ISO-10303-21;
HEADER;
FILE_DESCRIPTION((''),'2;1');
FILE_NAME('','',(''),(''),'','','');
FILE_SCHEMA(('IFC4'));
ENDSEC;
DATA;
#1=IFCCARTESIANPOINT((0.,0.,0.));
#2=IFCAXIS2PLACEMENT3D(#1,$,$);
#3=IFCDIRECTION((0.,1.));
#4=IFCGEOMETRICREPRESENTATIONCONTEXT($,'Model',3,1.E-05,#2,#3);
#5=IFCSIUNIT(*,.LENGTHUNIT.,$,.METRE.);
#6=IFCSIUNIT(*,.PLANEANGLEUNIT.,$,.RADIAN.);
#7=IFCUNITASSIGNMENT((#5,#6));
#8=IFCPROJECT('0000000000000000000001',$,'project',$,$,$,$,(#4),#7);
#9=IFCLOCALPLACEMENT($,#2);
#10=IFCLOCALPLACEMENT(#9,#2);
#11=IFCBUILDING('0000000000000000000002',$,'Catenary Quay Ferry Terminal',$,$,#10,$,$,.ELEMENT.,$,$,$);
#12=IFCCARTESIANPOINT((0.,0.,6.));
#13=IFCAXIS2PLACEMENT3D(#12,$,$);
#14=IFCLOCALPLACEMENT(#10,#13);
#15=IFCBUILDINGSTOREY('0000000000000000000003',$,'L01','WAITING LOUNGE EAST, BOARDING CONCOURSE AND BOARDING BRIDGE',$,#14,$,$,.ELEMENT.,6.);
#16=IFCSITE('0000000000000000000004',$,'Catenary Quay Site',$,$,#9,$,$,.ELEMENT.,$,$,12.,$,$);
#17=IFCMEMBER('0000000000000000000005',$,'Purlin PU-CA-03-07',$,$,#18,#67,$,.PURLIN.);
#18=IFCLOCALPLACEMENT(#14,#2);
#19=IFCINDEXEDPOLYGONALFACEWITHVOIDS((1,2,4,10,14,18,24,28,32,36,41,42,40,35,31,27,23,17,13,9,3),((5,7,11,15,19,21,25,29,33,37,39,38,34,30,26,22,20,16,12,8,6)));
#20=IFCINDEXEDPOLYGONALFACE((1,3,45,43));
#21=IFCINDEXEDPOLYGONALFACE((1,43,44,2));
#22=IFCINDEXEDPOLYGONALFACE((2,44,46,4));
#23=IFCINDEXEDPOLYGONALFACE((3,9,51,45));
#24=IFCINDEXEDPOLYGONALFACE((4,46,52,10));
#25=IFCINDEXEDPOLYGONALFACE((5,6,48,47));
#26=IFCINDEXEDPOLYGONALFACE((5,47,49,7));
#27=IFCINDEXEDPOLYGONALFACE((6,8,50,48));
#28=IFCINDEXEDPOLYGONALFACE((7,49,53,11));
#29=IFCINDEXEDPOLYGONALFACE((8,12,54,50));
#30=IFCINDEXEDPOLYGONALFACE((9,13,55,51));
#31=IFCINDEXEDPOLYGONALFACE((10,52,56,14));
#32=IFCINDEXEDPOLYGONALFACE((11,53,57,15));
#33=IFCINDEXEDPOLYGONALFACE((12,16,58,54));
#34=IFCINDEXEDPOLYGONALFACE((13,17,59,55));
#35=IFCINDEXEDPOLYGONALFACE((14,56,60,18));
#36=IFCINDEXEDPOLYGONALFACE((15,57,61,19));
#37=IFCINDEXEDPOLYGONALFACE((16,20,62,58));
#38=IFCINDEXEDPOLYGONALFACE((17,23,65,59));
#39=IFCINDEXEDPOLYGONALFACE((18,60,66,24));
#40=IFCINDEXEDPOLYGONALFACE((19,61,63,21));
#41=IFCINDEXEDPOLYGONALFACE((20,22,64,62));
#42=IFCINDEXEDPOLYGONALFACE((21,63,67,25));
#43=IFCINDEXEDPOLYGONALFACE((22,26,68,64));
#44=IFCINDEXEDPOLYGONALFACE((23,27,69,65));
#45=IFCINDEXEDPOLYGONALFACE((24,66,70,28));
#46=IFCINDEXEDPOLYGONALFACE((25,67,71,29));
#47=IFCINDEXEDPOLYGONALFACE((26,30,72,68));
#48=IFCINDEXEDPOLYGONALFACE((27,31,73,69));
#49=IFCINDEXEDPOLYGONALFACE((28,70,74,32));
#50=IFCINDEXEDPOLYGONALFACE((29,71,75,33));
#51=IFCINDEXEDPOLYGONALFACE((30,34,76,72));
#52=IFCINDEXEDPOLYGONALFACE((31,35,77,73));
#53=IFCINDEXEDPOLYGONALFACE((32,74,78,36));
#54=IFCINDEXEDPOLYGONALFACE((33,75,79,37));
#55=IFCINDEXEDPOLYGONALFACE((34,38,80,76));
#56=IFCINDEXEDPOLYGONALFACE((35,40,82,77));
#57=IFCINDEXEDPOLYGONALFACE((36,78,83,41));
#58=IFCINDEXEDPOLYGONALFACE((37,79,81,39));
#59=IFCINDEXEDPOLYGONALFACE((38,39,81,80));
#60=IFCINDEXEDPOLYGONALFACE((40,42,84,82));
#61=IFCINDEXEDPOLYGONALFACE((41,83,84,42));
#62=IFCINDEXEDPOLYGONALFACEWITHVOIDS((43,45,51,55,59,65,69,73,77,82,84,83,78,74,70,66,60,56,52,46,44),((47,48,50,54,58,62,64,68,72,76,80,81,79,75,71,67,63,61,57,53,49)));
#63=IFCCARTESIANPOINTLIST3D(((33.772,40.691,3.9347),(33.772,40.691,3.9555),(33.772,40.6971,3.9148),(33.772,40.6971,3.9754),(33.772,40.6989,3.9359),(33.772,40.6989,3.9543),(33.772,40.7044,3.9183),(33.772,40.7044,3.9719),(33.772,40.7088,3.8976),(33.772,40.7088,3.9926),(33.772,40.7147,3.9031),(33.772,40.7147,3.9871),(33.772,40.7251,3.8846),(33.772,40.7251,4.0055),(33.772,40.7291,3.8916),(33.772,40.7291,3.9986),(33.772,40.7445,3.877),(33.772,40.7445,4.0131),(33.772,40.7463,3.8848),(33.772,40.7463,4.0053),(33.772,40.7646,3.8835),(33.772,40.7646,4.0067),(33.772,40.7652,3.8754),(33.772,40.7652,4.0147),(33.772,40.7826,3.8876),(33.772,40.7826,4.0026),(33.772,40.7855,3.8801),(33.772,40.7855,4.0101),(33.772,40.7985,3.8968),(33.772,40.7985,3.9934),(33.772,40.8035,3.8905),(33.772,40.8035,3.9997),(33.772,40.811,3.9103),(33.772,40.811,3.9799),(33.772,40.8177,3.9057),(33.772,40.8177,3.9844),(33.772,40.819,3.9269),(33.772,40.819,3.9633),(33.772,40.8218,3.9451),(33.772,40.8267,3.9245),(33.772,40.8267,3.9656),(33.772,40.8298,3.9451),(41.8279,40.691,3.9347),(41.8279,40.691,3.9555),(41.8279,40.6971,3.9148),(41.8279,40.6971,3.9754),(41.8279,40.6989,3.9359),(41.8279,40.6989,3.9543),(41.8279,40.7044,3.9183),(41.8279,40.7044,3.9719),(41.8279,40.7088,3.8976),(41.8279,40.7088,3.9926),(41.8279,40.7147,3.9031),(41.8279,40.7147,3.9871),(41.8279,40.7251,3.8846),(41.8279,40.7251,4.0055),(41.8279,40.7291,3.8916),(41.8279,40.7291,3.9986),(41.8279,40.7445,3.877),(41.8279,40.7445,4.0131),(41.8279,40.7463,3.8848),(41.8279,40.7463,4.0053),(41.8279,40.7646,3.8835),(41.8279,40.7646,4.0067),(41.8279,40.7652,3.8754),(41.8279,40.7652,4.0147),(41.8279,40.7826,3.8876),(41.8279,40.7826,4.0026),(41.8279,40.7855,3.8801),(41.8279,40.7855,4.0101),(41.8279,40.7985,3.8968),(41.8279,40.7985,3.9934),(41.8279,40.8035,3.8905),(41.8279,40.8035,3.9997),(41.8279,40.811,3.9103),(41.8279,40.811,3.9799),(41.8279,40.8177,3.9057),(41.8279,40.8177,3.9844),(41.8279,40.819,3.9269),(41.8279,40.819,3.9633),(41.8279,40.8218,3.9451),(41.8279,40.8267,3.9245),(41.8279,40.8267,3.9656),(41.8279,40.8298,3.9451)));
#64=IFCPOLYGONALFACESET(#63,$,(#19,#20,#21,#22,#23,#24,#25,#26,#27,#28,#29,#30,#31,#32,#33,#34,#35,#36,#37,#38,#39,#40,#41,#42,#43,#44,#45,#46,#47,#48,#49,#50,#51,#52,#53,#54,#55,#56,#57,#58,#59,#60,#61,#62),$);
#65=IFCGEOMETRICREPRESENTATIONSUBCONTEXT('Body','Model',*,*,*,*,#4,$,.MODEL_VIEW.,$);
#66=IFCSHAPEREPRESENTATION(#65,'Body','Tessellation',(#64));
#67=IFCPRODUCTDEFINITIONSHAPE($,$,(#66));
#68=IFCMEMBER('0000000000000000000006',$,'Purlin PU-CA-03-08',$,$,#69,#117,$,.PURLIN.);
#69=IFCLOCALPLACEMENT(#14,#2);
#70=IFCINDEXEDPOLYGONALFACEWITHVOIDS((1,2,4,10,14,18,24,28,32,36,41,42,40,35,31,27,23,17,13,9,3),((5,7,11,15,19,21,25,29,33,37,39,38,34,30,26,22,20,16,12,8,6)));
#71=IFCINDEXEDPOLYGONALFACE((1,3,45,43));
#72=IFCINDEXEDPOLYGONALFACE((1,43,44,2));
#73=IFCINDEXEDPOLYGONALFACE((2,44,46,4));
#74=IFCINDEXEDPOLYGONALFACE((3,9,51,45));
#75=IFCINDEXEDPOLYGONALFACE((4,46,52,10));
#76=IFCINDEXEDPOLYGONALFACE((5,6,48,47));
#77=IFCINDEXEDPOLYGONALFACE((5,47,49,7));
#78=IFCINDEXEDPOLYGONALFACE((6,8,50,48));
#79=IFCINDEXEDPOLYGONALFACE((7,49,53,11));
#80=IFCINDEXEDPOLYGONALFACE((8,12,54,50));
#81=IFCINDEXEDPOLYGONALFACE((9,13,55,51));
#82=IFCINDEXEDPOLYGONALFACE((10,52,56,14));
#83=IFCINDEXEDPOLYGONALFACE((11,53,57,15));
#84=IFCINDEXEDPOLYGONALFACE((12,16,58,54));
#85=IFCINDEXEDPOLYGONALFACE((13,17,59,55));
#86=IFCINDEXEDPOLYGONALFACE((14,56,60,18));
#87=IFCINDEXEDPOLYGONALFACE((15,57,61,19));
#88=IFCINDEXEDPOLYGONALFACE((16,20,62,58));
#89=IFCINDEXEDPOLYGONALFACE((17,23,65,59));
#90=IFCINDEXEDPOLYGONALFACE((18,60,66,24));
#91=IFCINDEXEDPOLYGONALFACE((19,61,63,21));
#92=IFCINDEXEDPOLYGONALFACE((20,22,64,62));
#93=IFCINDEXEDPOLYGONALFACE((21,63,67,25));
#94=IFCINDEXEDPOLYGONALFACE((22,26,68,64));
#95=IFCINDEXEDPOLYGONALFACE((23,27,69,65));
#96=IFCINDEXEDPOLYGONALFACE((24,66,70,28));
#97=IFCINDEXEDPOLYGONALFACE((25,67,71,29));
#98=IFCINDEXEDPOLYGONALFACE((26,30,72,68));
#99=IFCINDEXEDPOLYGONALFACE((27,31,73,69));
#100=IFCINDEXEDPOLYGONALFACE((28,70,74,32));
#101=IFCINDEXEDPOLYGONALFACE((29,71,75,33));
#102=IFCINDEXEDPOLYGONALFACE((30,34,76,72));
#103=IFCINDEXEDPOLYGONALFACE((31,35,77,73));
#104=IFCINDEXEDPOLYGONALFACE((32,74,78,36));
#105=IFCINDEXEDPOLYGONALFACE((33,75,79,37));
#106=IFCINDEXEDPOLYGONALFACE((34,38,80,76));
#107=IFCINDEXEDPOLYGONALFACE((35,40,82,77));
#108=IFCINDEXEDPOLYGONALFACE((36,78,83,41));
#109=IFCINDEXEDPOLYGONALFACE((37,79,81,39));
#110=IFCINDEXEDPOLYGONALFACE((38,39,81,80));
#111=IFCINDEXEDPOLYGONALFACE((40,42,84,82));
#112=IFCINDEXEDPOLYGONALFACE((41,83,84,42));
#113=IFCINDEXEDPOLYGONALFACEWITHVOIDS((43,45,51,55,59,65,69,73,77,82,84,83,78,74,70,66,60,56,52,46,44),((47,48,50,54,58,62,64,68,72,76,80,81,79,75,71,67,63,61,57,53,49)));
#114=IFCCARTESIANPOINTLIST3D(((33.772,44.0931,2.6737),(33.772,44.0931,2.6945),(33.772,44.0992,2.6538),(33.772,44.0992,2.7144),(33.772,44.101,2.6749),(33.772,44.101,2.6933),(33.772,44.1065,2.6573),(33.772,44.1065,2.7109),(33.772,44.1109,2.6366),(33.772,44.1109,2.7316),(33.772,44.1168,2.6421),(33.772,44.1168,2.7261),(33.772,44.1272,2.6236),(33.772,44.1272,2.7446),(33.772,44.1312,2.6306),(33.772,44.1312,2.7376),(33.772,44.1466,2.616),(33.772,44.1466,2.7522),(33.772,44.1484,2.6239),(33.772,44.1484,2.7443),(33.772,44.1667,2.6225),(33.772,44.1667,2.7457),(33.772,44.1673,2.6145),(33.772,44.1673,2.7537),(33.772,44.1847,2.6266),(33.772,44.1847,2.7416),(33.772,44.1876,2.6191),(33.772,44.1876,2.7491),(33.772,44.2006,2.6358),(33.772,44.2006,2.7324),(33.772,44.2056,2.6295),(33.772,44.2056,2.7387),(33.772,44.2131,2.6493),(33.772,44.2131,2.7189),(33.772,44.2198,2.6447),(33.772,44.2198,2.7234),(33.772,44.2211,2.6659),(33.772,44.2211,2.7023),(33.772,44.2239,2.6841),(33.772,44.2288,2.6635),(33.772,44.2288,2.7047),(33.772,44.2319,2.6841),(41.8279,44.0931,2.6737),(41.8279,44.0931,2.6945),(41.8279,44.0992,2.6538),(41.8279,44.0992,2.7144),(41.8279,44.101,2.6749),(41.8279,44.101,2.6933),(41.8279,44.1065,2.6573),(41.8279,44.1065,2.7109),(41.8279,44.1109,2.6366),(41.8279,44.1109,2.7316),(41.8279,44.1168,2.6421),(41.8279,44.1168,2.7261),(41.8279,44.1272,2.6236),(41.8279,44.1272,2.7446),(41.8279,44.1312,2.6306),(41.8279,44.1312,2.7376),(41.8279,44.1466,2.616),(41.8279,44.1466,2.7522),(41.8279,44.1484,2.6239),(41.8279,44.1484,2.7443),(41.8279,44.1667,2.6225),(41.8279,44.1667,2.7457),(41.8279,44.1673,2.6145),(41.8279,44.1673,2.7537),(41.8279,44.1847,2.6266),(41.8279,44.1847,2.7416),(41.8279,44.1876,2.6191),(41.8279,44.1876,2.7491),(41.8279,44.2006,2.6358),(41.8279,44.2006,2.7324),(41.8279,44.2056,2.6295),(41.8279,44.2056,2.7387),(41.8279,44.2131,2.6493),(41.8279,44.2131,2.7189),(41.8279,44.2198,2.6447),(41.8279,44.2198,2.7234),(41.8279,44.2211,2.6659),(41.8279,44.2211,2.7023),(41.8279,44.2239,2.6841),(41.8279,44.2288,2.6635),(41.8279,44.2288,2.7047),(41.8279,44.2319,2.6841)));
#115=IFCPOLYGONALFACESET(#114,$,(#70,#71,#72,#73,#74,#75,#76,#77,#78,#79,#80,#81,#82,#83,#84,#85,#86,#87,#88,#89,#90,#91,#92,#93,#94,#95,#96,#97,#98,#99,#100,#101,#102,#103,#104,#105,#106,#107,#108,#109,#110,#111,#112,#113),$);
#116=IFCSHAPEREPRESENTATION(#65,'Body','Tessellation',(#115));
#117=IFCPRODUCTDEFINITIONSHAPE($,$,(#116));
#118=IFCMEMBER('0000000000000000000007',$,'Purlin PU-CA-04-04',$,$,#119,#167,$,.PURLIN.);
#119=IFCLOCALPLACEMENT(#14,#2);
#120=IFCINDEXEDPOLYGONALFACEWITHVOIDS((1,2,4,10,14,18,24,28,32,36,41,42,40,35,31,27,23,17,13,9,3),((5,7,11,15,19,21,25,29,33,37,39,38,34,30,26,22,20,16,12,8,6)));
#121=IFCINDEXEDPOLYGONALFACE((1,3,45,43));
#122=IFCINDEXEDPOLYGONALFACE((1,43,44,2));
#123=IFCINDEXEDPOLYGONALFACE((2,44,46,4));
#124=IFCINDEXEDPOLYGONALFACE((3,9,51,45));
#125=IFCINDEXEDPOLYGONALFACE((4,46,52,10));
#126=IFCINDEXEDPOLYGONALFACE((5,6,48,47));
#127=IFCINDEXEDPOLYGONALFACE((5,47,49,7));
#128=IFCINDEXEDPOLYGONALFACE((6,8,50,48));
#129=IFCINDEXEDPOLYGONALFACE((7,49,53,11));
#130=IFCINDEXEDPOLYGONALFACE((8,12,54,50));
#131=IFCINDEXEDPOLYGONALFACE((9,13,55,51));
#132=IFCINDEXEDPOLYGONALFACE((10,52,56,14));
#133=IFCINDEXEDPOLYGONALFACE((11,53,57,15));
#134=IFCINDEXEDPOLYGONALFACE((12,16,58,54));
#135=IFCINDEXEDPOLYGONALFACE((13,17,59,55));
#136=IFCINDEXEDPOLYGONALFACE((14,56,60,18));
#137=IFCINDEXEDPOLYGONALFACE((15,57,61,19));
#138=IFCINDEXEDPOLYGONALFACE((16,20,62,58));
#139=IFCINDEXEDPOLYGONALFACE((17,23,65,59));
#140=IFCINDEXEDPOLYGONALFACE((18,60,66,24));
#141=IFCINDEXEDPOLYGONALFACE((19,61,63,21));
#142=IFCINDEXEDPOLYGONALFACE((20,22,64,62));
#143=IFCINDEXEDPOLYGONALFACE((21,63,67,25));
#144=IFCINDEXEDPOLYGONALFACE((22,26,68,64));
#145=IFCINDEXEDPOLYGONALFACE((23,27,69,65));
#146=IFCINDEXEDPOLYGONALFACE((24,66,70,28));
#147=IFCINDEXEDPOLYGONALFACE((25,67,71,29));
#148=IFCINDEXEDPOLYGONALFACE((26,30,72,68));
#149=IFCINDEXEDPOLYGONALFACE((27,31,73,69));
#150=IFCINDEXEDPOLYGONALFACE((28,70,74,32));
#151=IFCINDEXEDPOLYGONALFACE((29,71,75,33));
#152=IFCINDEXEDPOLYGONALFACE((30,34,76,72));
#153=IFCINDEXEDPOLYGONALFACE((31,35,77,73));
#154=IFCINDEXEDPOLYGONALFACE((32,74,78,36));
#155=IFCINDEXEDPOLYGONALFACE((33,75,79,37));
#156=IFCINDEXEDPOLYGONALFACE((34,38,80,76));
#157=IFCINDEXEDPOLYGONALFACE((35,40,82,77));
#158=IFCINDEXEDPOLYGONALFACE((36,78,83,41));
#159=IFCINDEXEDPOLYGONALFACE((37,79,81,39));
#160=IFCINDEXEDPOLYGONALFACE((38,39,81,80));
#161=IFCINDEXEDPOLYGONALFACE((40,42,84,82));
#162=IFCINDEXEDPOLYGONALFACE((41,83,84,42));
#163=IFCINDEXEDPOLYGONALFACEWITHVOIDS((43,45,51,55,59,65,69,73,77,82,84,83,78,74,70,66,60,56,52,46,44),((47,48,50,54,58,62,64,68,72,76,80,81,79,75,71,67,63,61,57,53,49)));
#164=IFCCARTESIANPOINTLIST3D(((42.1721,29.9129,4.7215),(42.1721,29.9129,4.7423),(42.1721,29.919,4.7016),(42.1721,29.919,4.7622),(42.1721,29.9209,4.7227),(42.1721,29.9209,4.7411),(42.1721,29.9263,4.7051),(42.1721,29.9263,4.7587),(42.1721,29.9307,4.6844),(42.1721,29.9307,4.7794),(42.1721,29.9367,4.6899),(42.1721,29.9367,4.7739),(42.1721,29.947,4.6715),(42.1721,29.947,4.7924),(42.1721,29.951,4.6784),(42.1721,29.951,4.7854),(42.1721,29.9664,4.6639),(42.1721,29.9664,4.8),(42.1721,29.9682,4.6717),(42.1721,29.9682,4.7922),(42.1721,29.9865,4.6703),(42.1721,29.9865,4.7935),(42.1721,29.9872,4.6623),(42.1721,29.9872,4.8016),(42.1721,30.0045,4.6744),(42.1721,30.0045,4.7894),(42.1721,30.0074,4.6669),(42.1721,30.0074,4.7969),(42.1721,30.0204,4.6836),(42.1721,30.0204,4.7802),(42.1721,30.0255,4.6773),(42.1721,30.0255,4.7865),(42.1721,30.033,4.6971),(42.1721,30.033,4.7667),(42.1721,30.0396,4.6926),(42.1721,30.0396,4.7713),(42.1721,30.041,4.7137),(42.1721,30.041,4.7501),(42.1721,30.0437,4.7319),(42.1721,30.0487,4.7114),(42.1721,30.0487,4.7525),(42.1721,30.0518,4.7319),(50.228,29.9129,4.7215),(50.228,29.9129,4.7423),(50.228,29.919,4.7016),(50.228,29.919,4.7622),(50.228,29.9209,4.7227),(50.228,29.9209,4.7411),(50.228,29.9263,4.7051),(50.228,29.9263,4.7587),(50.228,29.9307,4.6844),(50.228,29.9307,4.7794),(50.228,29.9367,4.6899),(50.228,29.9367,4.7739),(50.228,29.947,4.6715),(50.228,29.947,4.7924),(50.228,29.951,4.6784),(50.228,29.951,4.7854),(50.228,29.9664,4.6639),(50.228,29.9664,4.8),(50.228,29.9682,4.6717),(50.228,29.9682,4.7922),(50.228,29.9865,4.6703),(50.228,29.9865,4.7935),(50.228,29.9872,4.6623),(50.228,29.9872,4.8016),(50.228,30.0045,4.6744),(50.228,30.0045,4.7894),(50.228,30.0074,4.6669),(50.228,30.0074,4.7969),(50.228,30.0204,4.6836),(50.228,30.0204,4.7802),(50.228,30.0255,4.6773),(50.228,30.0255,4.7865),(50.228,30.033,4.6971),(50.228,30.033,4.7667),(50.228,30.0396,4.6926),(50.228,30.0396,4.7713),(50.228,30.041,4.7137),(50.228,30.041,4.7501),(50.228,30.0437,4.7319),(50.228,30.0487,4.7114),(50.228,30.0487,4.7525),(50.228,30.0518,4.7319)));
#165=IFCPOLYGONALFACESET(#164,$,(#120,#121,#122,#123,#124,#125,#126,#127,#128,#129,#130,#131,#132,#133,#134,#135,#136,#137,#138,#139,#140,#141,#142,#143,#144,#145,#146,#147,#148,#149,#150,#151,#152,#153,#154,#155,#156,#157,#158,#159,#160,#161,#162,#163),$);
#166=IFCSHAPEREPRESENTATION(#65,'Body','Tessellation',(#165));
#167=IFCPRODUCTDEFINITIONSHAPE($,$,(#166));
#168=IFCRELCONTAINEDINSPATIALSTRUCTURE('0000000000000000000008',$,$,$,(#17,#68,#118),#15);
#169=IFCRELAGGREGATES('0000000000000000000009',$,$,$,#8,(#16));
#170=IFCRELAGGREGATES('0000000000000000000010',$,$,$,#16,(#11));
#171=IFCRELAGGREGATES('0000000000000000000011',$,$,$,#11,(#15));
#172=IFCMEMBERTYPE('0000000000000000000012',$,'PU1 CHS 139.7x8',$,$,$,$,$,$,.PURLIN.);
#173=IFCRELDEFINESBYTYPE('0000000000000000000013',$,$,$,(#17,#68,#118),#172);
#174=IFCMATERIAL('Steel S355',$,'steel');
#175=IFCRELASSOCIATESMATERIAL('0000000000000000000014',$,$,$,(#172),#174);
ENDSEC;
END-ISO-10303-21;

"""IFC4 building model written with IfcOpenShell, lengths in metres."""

from ifc_helpers import new_model, si_unit, direction, frame, origin, origin_2d, place, context, subcontext, project, spatial, hollow_circle, extrude, material, material_profile, profile_set, type_object, element, save


model = new_model("IFC4")

# Units and contexts
model_context = context("Model", 3, precision=1e-05, world=origin(), true_north=direction((0.0, 1.0)))
body_context = subcontext(model_context, "Body", "Model", "MODEL_VIEW")
ifc_project = project(units=[si_unit("LENGTHUNIT", "METRE"), si_unit("PLANEANGLEUNIT", "RADIAN")], contexts=[model_context])

# Site, building, storey
site_placement = place(None, origin())
site = spatial("IfcSite", under=ifc_project, at=site_placement, Name="Catenary Quay Site", CompositionType="ELEMENT", RefElevation=12.0)
building_placement = place(site_placement, origin())
building = spatial("IfcBuilding", under=site, at=building_placement, Name="Catenary Quay Ferry Terminal", CompositionType="ELEMENT")
storey_placement = place(building_placement, frame((0.0, 0.0, 6.0)))
storey = spatial("IfcBuildingStorey", under=building, at=storey_placement, Name="L01", Description="WAITING LOUNGE EAST, BOARDING CONCOURSE AND BOARDING BRIDGE", CompositionType="ELEMENT", Elevation=6.0)

# Members
ifc_material_1 = material(Name="Steel S355", Category="steel")
ifc_material_profile_1 = material_profile(ifc_material_1, hollow_circle(Radius=0.0698, WallThickness=0.0081, at=origin_2d()), Name="CHS 139.7x8")
ifc_profile_set_1 = profile_set([ifc_material_profile_1], Name="Steel S355")
member_type_1 = type_object("IfcMemberType", Name="PU1 CHS 139.7x8", PredefinedType="PURLIN", material=ifc_profile_set_1)
for number, where, z_axis, x_axis, name in (
    (1, (33.772, 40.76, 3.9451), (1.0, 0.0, 0.0), (0.0, 1.0, 0.0), "Purlin PU-CA-03-07"),
    (2, (33.772, 44.1621, 2.6841), (1.0, 0.0, 0.0), (0.0, 1.0, 0.0), "Purlin PU-CA-03-08"),
    (3, (42.1721, 29.9819, 4.7319), (1.0, 0.0, 0.0), (0.0, 1.0, 0.0), "Purlin PU-CA-04-04"),
):
    element("IfcMember", number, at=place(storey_placement, frame(where, z_axis=z_axis, x_axis=x_axis)), inside=storey, type_object=member_type_1, Name=name, PredefinedType="PURLIN", context=body_context, shape_type="SweptSolid", body=[
        extrude(hollow_circle(Radius=0.0698, WallThickness=0.0081, at=origin_2d()), origin(), (0.0, 0.0, 1.0), 8.0559),
    ])

save(model, "model.ifc")
